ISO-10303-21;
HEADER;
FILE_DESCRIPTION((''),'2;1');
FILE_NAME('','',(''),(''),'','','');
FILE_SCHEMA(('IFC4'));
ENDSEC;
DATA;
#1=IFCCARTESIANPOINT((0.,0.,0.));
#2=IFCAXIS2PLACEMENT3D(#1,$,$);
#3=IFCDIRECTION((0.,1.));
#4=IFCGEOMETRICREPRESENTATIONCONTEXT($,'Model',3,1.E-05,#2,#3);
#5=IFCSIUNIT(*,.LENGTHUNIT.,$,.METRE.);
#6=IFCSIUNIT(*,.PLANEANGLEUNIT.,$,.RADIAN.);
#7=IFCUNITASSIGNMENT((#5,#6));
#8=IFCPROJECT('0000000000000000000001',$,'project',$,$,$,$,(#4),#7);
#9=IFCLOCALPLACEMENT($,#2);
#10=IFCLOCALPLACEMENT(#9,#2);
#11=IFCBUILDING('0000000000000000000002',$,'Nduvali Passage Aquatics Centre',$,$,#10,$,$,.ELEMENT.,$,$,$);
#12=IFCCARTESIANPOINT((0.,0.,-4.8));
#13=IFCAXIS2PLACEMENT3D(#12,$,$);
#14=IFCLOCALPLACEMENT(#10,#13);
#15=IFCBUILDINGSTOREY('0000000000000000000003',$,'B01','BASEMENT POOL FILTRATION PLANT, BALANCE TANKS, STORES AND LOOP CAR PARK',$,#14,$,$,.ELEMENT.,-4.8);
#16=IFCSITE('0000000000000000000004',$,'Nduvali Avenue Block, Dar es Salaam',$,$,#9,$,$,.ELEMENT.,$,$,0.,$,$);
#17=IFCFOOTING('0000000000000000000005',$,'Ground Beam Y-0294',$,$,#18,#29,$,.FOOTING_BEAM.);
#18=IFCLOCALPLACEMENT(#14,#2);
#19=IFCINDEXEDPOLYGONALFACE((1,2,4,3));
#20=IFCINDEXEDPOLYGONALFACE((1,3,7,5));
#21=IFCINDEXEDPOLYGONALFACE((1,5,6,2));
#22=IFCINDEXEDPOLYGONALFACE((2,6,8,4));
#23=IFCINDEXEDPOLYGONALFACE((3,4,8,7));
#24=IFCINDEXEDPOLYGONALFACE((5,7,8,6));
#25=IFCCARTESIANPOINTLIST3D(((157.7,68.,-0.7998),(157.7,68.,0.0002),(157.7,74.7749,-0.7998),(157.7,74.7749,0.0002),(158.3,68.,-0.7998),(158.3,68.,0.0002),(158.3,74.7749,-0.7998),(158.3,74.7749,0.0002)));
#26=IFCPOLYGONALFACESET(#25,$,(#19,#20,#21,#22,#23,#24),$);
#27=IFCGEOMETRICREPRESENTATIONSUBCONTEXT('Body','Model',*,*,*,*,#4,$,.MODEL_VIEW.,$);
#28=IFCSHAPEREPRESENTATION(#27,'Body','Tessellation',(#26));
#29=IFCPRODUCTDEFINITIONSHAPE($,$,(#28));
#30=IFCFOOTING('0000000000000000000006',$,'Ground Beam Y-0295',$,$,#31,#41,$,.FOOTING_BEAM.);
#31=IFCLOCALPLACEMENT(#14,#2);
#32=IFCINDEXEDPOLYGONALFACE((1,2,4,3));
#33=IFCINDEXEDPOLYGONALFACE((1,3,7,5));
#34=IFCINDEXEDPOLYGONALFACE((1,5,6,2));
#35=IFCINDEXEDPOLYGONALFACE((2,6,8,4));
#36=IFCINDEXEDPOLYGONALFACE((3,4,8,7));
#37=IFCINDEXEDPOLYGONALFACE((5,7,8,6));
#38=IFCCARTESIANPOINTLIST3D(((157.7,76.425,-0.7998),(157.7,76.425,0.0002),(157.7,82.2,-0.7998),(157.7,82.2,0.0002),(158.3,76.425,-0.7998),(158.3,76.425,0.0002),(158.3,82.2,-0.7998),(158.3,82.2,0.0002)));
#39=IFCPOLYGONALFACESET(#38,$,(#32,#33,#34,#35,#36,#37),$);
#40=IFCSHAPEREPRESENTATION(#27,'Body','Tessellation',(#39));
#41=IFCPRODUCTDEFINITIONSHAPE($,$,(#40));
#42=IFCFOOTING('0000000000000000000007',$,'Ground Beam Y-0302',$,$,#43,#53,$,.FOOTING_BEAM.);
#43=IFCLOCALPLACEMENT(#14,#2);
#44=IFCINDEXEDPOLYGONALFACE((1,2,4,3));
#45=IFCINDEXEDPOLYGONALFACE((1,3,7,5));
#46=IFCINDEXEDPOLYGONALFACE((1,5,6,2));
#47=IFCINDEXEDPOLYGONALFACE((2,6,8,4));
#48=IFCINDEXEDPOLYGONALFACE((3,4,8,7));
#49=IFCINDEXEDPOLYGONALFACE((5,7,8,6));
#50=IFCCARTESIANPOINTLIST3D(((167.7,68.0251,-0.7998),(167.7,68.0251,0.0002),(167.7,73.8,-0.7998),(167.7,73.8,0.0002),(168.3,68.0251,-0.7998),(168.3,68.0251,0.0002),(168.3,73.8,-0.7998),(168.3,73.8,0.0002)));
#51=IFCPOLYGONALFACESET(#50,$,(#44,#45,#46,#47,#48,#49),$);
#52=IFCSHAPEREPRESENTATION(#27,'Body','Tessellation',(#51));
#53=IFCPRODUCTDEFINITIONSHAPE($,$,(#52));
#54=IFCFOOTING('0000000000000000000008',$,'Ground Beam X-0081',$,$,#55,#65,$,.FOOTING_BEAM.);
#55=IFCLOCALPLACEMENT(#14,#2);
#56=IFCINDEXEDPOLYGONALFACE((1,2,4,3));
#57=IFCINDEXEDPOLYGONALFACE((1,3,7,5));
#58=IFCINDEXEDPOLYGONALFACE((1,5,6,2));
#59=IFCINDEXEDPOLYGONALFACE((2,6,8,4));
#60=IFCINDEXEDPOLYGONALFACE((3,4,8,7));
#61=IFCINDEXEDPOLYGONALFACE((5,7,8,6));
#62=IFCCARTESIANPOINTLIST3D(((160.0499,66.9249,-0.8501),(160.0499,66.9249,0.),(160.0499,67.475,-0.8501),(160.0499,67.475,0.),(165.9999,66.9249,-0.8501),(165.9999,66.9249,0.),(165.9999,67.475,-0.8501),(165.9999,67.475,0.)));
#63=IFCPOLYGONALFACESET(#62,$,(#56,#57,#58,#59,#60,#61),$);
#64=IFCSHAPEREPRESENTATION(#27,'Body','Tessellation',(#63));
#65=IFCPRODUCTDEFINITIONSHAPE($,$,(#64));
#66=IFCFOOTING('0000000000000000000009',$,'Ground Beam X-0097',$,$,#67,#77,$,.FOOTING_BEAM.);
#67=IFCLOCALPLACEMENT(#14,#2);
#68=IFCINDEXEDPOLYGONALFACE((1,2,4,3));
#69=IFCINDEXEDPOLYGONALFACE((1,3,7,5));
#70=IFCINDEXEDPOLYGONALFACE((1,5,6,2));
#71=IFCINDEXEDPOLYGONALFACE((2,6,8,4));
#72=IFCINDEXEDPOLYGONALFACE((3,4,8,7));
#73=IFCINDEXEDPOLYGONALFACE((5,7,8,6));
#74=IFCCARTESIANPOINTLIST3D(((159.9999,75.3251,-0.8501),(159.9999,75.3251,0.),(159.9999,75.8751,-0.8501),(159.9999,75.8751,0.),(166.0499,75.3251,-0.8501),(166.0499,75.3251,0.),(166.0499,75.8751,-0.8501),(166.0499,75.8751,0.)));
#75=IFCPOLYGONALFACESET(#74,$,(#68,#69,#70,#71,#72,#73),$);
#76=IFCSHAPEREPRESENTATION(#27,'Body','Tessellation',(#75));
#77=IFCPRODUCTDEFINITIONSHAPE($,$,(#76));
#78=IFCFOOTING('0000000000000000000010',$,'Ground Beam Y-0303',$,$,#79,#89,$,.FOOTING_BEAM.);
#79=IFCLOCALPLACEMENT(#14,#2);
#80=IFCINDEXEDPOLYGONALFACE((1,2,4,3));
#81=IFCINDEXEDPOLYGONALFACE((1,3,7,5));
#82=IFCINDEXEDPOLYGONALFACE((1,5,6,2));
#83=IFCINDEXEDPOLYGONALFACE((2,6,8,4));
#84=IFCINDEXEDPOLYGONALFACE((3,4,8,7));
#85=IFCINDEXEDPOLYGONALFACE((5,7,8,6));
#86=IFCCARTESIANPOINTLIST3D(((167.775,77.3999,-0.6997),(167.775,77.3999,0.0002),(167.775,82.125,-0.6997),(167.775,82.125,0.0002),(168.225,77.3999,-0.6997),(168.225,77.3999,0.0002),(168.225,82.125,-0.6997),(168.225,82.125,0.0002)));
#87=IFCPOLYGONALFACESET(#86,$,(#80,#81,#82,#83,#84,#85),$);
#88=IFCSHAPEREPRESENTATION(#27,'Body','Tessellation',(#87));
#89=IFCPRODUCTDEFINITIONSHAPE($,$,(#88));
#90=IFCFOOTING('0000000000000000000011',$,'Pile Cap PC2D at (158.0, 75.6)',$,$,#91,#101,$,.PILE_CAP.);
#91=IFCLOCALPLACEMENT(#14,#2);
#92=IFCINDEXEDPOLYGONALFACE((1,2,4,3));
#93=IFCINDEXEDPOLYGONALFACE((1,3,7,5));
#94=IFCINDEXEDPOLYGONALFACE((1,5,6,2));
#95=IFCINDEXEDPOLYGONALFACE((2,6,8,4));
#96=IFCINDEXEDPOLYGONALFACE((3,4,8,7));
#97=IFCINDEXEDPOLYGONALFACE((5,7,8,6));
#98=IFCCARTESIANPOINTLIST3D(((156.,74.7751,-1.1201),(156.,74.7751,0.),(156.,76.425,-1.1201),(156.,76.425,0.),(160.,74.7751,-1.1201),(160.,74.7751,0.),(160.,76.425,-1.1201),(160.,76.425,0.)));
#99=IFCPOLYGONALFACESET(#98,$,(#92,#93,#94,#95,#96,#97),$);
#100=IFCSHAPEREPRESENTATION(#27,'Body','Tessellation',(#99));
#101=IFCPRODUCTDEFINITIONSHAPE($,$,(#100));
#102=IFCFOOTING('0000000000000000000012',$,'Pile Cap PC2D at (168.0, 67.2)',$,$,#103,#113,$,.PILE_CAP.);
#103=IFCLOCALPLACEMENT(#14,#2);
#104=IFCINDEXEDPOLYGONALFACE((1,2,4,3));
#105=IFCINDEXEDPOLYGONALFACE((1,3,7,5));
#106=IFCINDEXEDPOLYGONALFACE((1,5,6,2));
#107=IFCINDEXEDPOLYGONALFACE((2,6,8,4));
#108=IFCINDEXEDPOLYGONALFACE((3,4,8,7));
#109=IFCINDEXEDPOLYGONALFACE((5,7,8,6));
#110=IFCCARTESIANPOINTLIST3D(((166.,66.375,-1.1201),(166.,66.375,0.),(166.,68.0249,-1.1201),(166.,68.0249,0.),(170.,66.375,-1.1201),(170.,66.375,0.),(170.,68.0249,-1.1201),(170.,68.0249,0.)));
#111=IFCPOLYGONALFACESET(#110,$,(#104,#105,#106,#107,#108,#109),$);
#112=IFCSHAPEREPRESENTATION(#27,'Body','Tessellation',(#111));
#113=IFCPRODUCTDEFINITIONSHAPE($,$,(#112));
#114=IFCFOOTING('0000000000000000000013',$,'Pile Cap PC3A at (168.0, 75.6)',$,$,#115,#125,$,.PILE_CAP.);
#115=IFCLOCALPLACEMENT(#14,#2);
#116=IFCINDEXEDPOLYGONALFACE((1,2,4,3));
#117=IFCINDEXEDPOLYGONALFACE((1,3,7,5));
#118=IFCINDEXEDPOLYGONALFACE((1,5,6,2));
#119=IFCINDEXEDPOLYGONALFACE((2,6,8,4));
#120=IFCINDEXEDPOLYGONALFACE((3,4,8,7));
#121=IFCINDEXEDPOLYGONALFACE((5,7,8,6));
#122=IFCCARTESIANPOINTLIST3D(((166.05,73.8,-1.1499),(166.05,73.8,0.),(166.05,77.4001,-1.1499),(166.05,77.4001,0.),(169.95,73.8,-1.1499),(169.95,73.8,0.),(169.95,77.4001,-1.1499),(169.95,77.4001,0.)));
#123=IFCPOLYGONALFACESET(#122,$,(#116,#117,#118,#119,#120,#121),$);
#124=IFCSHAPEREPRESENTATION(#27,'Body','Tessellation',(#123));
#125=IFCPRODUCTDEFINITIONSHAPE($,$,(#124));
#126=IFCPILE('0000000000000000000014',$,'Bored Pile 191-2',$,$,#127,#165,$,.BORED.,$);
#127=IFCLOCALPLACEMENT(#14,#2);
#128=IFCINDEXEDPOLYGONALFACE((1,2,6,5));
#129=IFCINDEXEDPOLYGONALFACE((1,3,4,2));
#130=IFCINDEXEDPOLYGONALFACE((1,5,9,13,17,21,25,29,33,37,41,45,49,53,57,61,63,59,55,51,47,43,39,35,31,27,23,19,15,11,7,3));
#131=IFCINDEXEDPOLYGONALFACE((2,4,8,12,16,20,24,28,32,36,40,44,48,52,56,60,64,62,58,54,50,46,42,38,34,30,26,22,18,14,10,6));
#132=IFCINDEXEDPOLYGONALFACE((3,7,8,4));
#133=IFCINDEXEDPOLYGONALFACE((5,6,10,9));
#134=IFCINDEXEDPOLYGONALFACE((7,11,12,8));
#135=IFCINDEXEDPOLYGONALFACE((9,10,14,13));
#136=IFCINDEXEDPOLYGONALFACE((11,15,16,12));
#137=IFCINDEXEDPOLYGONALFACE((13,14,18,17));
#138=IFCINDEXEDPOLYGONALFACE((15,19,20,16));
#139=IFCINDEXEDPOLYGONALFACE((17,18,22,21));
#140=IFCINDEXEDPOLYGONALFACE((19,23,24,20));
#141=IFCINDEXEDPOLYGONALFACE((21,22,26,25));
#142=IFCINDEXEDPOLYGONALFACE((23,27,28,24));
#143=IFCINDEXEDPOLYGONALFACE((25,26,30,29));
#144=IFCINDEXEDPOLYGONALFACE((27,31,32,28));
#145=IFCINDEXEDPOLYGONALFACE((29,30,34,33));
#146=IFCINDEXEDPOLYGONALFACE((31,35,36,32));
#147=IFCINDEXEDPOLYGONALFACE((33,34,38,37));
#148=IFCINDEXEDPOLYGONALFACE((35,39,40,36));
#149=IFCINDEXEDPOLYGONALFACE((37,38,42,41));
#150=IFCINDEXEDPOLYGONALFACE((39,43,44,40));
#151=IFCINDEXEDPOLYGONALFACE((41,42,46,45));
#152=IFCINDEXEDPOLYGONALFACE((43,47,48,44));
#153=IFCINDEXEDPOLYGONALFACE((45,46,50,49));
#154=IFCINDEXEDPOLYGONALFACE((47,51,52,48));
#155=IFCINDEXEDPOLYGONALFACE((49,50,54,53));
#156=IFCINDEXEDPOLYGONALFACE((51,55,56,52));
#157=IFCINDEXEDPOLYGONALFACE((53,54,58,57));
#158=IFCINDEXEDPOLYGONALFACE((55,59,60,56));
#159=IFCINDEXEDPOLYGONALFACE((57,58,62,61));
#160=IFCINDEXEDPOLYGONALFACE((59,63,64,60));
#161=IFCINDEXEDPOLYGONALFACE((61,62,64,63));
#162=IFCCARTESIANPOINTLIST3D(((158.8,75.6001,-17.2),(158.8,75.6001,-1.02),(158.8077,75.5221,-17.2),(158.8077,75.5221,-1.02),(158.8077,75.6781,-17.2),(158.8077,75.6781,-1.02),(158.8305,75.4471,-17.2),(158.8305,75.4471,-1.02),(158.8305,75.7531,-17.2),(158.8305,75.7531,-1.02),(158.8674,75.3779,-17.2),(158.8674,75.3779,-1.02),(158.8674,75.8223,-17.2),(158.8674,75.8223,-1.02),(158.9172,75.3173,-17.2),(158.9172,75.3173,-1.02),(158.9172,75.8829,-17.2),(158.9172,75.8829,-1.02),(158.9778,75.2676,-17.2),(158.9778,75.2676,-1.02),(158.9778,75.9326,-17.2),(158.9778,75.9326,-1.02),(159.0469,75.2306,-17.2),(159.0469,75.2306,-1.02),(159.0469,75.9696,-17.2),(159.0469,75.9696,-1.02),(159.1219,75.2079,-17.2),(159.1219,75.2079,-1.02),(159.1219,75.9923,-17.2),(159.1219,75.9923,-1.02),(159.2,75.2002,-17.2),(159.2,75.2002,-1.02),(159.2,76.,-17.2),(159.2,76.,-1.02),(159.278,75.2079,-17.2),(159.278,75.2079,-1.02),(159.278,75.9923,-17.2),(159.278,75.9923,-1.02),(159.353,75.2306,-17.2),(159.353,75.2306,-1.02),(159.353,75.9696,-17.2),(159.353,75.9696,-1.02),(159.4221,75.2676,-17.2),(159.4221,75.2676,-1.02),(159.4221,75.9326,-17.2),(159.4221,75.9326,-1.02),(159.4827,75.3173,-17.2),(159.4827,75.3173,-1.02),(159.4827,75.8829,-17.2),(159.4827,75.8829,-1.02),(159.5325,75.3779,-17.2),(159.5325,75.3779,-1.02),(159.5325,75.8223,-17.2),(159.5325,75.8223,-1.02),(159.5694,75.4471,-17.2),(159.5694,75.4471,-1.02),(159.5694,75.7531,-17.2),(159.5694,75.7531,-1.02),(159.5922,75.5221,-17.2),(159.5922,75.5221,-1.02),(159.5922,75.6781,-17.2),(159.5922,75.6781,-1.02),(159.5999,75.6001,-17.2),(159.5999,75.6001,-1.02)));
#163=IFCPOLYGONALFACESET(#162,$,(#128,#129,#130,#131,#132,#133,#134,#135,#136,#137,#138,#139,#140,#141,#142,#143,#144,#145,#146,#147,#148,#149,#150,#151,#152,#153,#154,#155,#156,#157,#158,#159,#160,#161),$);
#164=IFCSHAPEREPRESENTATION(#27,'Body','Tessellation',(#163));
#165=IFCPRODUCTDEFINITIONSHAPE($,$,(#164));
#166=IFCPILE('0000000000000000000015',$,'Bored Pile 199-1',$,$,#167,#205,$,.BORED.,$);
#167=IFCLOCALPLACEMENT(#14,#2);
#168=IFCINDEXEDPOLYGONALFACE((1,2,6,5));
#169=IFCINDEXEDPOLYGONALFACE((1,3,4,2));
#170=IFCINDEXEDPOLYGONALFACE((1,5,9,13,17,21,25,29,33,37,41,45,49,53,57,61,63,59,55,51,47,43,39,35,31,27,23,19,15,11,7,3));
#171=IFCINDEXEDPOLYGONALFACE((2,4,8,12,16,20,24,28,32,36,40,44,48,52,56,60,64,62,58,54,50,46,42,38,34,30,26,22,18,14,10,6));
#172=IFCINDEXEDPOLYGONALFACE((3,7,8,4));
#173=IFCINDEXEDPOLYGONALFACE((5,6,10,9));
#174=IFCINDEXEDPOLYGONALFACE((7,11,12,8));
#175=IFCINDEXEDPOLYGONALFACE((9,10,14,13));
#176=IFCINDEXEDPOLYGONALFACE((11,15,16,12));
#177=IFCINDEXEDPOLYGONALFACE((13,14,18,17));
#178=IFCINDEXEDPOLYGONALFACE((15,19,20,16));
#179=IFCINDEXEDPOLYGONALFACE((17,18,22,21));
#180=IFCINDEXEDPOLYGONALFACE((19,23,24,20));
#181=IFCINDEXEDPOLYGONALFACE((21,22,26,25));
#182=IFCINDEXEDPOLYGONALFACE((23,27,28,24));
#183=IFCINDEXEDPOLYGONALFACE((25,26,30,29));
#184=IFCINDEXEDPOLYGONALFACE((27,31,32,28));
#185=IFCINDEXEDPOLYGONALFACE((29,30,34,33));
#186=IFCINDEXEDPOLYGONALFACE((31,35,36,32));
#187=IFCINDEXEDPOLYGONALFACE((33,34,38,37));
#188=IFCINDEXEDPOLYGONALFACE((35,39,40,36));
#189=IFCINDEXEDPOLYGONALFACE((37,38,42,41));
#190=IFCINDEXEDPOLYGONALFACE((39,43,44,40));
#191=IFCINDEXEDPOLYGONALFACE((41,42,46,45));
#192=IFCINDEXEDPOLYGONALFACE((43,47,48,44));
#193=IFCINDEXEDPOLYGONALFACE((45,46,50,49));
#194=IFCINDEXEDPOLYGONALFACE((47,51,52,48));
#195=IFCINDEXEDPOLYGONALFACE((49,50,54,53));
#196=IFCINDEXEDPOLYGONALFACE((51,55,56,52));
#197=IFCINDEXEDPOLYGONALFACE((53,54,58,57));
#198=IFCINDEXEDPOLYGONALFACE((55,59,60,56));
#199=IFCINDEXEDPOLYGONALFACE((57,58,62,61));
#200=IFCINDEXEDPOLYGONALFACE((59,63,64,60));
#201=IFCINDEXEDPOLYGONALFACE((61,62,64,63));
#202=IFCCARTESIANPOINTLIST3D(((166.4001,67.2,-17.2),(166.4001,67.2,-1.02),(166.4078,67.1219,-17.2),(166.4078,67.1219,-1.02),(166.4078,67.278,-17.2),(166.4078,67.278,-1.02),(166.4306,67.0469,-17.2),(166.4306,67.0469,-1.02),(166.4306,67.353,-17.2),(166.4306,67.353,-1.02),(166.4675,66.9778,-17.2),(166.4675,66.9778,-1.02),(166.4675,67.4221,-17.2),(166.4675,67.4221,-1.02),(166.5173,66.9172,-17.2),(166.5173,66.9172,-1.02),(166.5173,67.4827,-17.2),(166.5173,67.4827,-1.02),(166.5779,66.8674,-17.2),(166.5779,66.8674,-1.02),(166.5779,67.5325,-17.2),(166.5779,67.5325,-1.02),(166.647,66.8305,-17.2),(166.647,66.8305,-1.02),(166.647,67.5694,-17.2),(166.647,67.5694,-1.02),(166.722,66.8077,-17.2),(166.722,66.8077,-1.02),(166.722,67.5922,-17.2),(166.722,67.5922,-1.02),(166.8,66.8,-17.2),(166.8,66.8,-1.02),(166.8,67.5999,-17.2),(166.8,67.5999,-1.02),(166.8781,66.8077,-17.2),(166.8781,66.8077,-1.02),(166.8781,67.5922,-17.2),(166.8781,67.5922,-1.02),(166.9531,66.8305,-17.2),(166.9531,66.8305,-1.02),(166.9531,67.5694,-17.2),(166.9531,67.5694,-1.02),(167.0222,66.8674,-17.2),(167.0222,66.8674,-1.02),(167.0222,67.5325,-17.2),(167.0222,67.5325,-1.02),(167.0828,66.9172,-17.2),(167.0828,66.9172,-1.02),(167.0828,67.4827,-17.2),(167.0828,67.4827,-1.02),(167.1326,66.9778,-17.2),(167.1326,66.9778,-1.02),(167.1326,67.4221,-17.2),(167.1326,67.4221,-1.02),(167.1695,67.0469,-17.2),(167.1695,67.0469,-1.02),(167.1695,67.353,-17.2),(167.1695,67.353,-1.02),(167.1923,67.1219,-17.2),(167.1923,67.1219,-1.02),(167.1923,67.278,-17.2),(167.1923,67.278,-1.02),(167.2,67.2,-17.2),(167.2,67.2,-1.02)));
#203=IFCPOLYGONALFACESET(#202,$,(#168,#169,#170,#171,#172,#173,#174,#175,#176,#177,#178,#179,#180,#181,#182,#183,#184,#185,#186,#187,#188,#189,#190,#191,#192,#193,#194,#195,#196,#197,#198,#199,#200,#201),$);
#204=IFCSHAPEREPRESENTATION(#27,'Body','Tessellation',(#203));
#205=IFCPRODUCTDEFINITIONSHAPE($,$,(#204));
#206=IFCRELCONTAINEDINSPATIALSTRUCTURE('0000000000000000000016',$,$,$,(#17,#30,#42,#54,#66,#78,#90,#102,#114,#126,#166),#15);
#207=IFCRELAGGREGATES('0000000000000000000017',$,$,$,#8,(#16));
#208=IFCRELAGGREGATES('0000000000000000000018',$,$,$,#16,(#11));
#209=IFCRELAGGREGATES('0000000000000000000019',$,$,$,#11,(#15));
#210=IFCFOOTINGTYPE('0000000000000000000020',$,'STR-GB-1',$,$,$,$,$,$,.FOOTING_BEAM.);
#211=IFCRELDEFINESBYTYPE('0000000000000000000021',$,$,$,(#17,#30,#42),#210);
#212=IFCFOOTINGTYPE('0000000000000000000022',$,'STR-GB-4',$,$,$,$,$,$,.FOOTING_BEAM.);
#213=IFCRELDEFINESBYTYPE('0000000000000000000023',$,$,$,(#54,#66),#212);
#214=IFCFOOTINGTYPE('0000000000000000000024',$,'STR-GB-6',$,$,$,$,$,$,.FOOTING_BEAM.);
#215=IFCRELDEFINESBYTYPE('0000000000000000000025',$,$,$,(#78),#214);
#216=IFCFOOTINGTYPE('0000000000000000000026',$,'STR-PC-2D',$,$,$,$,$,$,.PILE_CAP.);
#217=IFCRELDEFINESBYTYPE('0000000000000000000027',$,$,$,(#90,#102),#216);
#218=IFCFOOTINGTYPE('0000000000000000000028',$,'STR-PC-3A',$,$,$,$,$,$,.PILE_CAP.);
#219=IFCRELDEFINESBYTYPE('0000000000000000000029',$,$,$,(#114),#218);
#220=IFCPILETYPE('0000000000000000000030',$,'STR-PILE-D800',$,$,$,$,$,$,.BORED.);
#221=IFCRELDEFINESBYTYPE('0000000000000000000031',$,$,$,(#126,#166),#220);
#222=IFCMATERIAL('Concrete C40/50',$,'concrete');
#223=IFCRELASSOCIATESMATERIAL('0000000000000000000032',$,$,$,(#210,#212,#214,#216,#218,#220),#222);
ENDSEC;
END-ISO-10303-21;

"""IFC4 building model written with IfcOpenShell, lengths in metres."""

from ifc_helpers import new_model, si_unit, direction, frame, origin, origin_2d, place, context, subcontext, project, spatial, rectangle, circle, extrude, material, material_profile, profile_set, type_object, element, save


model = new_model("IFC4")

# Units and contexts
model_context = context("Model", 3, precision=1e-05, world=origin(), true_north=direction((0.0, 1.0)))
body_context = subcontext(model_context, "Body", "Model", "MODEL_VIEW")
ifc_project = project(units=[si_unit("LENGTHUNIT", "METRE"), si_unit("PLANEANGLEUNIT", "RADIAN")], contexts=[model_context])

# Site, building, storey
site_placement = place(None, origin())
site = spatial("IfcSite", under=ifc_project, at=site_placement, Name="Nduvali Avenue Block, Dar es Salaam", CompositionType="ELEMENT", RefElevation=0.0)
building_placement = place(site_placement, origin())
building = spatial("IfcBuilding", under=site, at=building_placement, Name="Nduvali Passage Aquatics Centre", CompositionType="ELEMENT")
storey_placement = place(building_placement, frame((0.0, 0.0, -4.8)))
storey = spatial("IfcBuildingStorey", under=building, at=storey_placement, Name="B01", Description="BASEMENT POOL FILTRATION PLANT, BALANCE TANKS, STORES AND LOOP CAR PARK", CompositionType="ELEMENT", Elevation=-4.8)

# Footings
ifc_material = material(Name="Concrete C40/50", Category="concrete")
footing_type_1 = type_object("IfcFootingType", Name="STR-GB-1", PredefinedType="FOOTING_BEAM", material=ifc_material)
footing_1_placement = place(storey_placement, frame((158.0, 71.3875, -0.7998), z_axis=(0.0, 0.0, 1.0), x_axis=(0.0, 1.0, 0.0)))
element("IfcFooting", 1, at=footing_1_placement, inside=storey, type_object=footing_type_1, Name="Ground Beam Y-0294", PredefinedType="FOOTING_BEAM", context=body_context, shape_type="SweptSolid", body=[
    extrude(rectangle(XDim=6.7749, YDim=0.6001, at=origin_2d()), origin(), (0.0, 0.0, 1.0), 0.8),
])
for number, where, z_axis, x_axis, name in (
    (2, (158.0, 79.3125, -0.7998), (0.0, 0.0, 1.0), (0.0, 1.0, 0.0), "Ground Beam Y-0295"),
    (3, (168.0, 70.9126, -0.7998), (0.0, 0.0, 1.0), (0.0, 1.0, 0.0), "Ground Beam Y-0302"),
):
    element("IfcFooting", number, at=place(storey_placement, frame(where, z_axis=z_axis, x_axis=x_axis)), inside=storey, type_object=footing_type_1, Name=name, PredefinedType="FOOTING_BEAM", context=body_context, shape_type="SweptSolid", body=[
        extrude(rectangle(XDim=5.7749, YDim=0.6001, at=origin_2d()), origin(), (0.0, 0.0, 1.0), 0.8),
    ])
footing_type_2 = type_object("IfcFootingType", Name="STR-GB-4", PredefinedType="FOOTING_BEAM", material=ifc_material)
footing_2_placement = place(storey_placement, frame((163.0249, 67.2, -0.8501), z_axis=(0.0, 0.0, 1.0), x_axis=(1.0, 0.0, 0.0)))
element("IfcFooting", 4, at=footing_2_placement, inside=storey, type_object=footing_type_2, Name="Ground Beam X-0081", PredefinedType="FOOTING_BEAM", context=body_context, shape_type="SweptSolid", body=[
    extrude(rectangle(XDim=5.95, YDim=0.55, at=origin_2d()), origin(), (0.0, 0.0, 1.0), 0.8501),
])
footing_3_placement = place(storey_placement, frame((163.0249, 75.6001, -0.8501), z_axis=(0.0, 0.0, 1.0), x_axis=(1.0, 0.0, 0.0)))
element("IfcFooting", 5, at=footing_3_placement, inside=storey, type_object=footing_type_2, Name="Ground Beam X-0097", PredefinedType="FOOTING_BEAM", context=body_context, shape_type="SweptSolid", body=[
    extrude(rectangle(XDim=6.05, YDim=0.55, at=origin_2d()), origin(), (0.0, 0.0, 1.0), 0.8501),
])
footing_type_3 = type_object("IfcFootingType", Name="STR-GB-6", PredefinedType="FOOTING_BEAM", material=ifc_material)
footing_4_placement = place(storey_placement, frame((168.0, 79.7625, -0.6997), z_axis=(0.0, 0.0, 1.0), x_axis=(0.0, 1.0, 0.0)))
element("IfcFooting", 6, at=footing_4_placement, inside=storey, type_object=footing_type_3, Name="Ground Beam Y-0303", PredefinedType="FOOTING_BEAM", context=body_context, shape_type="SweptSolid", body=[
    extrude(rectangle(XDim=4.7251, YDim=0.45, at=origin_2d()), origin(), (0.0, 0.0, 1.0), 0.7),
])
footing_type_4 = type_object("IfcFootingType", Name="STR-PC-2D", PredefinedType="PILE_CAP", material=ifc_material)
for number, where, z_axis, x_axis, name in (
    (7, (158.0, 75.6001, -1.1201), (0.0, 0.0, 1.0), (1.0, 0.0, 0.0), "Pile Cap PC2D at (158.0, 75.6)"),
    (8, (168.0, 67.2, -1.1201), (0.0, 0.0, 1.0), (1.0, 0.0, 0.0), "Pile Cap PC2D at (168.0, 67.2)"),
):
    element("IfcFooting", number, at=place(storey_placement, frame(where, z_axis=z_axis, x_axis=x_axis)), inside=storey, type_object=footing_type_4, Name=name, PredefinedType="PILE_CAP", context=body_context, shape_type="SweptSolid", body=[
        extrude(rectangle(XDim=4.0, YDim=1.6499, at=origin_2d()), origin(), (0.0, 0.0, 1.0), 1.1201),
    ])
footing_type_5 = type_object("IfcFootingType", Name="STR-PC-3A", PredefinedType="PILE_CAP", material=ifc_material)
footing_5_placement = place(storey_placement, frame((168.0, 75.6001, -1.1499), z_axis=(0.0, 0.0, 1.0), x_axis=(1.0, 0.0, 0.0)))
element("IfcFooting", 9, at=footing_5_placement, inside=storey, type_object=footing_type_5, Name="Pile Cap PC3A at (168.0, 75.6)", PredefinedType="PILE_CAP", context=body_context, shape_type="SweptSolid", body=[
    extrude(rectangle(XDim=3.8999, YDim=3.6001, at=origin_2d()), origin(), (0.0, 0.0, 1.0), 1.1499),
])

# Piles
ifc_material_profile_1 = material_profile(ifc_material, circle(Radius=0.3999, at=origin_2d()), Name="PILE D800")
ifc_profile_set_1 = profile_set([ifc_material_profile_1], Name="Concrete C40/50")
pile_type_1 = type_object("IfcPileType", Name="STR-PILE-D800", PredefinedType="BORED", material=ifc_profile_set_1)
for number, where, z_axis, x_axis, name in (
    (10, (159.2, 75.6001, -1.02), (0.0, 0.0, -1.0), (1.0, 0.0, 0.0), "Bored Pile 191-2"),
    (11, (166.8, 67.2, -1.02), (0.0, 0.0, -1.0), (1.0, 0.0, 0.0), "Bored Pile 199-1"),
):
    element("IfcPile", number, at=place(storey_placement, frame(where, z_axis=z_axis, x_axis=x_axis)), inside=storey, type_object=pile_type_1, Name=name, PredefinedType="BORED", context=body_context, shape_type="SweptSolid", body=[
        extrude(circle(Radius=0.3999, at=origin_2d()), origin(), (0.0, 0.0, 1.0), 16.1799),
    ])

save(model, "model.ifc")
